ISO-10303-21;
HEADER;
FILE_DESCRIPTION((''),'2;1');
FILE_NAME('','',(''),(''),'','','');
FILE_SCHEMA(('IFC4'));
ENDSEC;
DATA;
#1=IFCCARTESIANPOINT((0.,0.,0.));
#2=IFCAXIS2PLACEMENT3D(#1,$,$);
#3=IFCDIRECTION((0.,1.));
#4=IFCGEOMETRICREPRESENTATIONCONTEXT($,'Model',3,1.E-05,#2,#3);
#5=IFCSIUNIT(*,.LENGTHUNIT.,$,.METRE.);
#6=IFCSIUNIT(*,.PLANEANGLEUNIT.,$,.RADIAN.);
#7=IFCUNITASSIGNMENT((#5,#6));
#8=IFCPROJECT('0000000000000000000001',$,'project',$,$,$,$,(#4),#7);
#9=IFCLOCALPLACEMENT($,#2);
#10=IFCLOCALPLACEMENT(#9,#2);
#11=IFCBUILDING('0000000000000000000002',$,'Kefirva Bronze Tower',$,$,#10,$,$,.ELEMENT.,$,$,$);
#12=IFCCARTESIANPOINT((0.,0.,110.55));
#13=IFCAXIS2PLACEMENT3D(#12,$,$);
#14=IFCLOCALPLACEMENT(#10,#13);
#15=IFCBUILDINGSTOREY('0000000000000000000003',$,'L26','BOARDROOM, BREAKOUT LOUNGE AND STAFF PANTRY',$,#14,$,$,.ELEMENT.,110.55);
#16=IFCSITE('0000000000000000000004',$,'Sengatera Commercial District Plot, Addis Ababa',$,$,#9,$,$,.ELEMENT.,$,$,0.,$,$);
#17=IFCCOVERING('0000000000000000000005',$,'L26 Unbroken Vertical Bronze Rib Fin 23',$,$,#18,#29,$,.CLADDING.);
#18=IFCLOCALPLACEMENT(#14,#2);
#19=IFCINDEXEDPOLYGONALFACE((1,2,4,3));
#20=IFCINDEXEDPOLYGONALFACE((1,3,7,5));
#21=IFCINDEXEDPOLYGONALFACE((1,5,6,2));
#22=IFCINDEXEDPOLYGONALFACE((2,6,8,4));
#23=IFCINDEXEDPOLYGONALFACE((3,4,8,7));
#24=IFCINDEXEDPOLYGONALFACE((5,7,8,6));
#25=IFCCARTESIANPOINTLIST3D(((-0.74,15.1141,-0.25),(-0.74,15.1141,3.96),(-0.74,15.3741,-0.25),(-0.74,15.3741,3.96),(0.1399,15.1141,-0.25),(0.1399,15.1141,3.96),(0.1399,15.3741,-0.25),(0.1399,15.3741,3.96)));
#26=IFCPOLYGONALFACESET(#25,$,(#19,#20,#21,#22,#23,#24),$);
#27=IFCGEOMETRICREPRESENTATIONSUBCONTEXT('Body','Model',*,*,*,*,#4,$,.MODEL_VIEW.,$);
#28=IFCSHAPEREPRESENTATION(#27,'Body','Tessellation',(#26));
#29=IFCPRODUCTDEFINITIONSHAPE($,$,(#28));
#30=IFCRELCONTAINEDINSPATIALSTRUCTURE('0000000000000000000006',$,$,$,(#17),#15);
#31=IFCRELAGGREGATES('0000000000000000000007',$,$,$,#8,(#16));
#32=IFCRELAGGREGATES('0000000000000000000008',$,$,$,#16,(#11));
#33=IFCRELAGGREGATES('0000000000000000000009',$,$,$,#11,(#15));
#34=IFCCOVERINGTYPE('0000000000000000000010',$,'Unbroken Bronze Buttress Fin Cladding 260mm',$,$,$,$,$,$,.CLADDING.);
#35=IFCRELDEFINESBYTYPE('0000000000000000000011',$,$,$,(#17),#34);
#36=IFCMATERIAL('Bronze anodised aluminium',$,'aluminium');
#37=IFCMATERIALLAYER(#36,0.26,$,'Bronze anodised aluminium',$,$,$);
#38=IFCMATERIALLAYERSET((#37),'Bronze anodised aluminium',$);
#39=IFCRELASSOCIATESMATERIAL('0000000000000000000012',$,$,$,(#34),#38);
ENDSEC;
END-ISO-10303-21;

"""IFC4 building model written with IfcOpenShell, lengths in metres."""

from ifc_helpers import new_model, si_unit, direction, frame, origin, origin_2d, place, context, subcontext, project, spatial, rectangle, extrude, material, layer, layer_set, type_object, element, save


model = new_model("IFC4")

# Units and contexts
model_context = context("Model", 3, precision=1e-05, world=origin(), true_north=direction((0.0, 1.0)))
body_context = subcontext(model_context, "Body", "Model", "MODEL_VIEW")
ifc_project = project(units=[si_unit("LENGTHUNIT", "METRE"), si_unit("PLANEANGLEUNIT", "RADIAN")], contexts=[model_context])

# Site, building, storey
site_placement = place(None, origin())
site = spatial("IfcSite", under=ifc_project, at=site_placement, Name="Sengatera Commercial District Plot, Addis Ababa", CompositionType="ELEMENT", RefElevation=0.0)
building_placement = place(site_placement, origin())
building = spatial("IfcBuilding", under=site, at=building_placement, Name="Kefirva Bronze Tower", CompositionType="ELEMENT")
storey_placement = place(building_placement, frame((0.0, 0.0, 110.55)))
storey = spatial("IfcBuildingStorey", under=building, at=storey_placement, Name="L26", Description="BOARDROOM, BREAKOUT LOUNGE AND STAFF PANTRY", CompositionType="ELEMENT", Elevation=110.55)

# Shared definitions
ifc_material_1 = material(Name="Bronze anodised aluminium", Category="aluminium")

# Covering
ifc_layer_1 = layer(ifc_material_1, 0.26, Name="Bronze anodised aluminium")
ifc_layer_set_1 = layer_set([ifc_layer_1], Name="Bronze anodised aluminium")
covering_type_1 = type_object("IfcCoveringType", Name="Unbroken Bronze Buttress Fin Cladding 260mm", PredefinedType="CLADDING", material=ifc_layer_set_1)
covering_1_placement = place(storey_placement, frame((-0.3, 15.2441, -0.25), z_axis=(0.0, 0.0, 1.0), x_axis=(0.0, -1.0, 0.0)))
element("IfcCovering", 1, at=covering_1_placement, inside=storey, type_object=covering_type_1, Name="L26 Unbroken Vertical Bronze Rib Fin 23", PredefinedType="CLADDING", context=body_context, shape_type="SweptSolid", body=[
    extrude(rectangle(XDim=0.26, YDim=0.8799, at=origin_2d()), origin(), (0.0, 0.0, 1.0), 4.21),
])

save(model, "model.ifc")
